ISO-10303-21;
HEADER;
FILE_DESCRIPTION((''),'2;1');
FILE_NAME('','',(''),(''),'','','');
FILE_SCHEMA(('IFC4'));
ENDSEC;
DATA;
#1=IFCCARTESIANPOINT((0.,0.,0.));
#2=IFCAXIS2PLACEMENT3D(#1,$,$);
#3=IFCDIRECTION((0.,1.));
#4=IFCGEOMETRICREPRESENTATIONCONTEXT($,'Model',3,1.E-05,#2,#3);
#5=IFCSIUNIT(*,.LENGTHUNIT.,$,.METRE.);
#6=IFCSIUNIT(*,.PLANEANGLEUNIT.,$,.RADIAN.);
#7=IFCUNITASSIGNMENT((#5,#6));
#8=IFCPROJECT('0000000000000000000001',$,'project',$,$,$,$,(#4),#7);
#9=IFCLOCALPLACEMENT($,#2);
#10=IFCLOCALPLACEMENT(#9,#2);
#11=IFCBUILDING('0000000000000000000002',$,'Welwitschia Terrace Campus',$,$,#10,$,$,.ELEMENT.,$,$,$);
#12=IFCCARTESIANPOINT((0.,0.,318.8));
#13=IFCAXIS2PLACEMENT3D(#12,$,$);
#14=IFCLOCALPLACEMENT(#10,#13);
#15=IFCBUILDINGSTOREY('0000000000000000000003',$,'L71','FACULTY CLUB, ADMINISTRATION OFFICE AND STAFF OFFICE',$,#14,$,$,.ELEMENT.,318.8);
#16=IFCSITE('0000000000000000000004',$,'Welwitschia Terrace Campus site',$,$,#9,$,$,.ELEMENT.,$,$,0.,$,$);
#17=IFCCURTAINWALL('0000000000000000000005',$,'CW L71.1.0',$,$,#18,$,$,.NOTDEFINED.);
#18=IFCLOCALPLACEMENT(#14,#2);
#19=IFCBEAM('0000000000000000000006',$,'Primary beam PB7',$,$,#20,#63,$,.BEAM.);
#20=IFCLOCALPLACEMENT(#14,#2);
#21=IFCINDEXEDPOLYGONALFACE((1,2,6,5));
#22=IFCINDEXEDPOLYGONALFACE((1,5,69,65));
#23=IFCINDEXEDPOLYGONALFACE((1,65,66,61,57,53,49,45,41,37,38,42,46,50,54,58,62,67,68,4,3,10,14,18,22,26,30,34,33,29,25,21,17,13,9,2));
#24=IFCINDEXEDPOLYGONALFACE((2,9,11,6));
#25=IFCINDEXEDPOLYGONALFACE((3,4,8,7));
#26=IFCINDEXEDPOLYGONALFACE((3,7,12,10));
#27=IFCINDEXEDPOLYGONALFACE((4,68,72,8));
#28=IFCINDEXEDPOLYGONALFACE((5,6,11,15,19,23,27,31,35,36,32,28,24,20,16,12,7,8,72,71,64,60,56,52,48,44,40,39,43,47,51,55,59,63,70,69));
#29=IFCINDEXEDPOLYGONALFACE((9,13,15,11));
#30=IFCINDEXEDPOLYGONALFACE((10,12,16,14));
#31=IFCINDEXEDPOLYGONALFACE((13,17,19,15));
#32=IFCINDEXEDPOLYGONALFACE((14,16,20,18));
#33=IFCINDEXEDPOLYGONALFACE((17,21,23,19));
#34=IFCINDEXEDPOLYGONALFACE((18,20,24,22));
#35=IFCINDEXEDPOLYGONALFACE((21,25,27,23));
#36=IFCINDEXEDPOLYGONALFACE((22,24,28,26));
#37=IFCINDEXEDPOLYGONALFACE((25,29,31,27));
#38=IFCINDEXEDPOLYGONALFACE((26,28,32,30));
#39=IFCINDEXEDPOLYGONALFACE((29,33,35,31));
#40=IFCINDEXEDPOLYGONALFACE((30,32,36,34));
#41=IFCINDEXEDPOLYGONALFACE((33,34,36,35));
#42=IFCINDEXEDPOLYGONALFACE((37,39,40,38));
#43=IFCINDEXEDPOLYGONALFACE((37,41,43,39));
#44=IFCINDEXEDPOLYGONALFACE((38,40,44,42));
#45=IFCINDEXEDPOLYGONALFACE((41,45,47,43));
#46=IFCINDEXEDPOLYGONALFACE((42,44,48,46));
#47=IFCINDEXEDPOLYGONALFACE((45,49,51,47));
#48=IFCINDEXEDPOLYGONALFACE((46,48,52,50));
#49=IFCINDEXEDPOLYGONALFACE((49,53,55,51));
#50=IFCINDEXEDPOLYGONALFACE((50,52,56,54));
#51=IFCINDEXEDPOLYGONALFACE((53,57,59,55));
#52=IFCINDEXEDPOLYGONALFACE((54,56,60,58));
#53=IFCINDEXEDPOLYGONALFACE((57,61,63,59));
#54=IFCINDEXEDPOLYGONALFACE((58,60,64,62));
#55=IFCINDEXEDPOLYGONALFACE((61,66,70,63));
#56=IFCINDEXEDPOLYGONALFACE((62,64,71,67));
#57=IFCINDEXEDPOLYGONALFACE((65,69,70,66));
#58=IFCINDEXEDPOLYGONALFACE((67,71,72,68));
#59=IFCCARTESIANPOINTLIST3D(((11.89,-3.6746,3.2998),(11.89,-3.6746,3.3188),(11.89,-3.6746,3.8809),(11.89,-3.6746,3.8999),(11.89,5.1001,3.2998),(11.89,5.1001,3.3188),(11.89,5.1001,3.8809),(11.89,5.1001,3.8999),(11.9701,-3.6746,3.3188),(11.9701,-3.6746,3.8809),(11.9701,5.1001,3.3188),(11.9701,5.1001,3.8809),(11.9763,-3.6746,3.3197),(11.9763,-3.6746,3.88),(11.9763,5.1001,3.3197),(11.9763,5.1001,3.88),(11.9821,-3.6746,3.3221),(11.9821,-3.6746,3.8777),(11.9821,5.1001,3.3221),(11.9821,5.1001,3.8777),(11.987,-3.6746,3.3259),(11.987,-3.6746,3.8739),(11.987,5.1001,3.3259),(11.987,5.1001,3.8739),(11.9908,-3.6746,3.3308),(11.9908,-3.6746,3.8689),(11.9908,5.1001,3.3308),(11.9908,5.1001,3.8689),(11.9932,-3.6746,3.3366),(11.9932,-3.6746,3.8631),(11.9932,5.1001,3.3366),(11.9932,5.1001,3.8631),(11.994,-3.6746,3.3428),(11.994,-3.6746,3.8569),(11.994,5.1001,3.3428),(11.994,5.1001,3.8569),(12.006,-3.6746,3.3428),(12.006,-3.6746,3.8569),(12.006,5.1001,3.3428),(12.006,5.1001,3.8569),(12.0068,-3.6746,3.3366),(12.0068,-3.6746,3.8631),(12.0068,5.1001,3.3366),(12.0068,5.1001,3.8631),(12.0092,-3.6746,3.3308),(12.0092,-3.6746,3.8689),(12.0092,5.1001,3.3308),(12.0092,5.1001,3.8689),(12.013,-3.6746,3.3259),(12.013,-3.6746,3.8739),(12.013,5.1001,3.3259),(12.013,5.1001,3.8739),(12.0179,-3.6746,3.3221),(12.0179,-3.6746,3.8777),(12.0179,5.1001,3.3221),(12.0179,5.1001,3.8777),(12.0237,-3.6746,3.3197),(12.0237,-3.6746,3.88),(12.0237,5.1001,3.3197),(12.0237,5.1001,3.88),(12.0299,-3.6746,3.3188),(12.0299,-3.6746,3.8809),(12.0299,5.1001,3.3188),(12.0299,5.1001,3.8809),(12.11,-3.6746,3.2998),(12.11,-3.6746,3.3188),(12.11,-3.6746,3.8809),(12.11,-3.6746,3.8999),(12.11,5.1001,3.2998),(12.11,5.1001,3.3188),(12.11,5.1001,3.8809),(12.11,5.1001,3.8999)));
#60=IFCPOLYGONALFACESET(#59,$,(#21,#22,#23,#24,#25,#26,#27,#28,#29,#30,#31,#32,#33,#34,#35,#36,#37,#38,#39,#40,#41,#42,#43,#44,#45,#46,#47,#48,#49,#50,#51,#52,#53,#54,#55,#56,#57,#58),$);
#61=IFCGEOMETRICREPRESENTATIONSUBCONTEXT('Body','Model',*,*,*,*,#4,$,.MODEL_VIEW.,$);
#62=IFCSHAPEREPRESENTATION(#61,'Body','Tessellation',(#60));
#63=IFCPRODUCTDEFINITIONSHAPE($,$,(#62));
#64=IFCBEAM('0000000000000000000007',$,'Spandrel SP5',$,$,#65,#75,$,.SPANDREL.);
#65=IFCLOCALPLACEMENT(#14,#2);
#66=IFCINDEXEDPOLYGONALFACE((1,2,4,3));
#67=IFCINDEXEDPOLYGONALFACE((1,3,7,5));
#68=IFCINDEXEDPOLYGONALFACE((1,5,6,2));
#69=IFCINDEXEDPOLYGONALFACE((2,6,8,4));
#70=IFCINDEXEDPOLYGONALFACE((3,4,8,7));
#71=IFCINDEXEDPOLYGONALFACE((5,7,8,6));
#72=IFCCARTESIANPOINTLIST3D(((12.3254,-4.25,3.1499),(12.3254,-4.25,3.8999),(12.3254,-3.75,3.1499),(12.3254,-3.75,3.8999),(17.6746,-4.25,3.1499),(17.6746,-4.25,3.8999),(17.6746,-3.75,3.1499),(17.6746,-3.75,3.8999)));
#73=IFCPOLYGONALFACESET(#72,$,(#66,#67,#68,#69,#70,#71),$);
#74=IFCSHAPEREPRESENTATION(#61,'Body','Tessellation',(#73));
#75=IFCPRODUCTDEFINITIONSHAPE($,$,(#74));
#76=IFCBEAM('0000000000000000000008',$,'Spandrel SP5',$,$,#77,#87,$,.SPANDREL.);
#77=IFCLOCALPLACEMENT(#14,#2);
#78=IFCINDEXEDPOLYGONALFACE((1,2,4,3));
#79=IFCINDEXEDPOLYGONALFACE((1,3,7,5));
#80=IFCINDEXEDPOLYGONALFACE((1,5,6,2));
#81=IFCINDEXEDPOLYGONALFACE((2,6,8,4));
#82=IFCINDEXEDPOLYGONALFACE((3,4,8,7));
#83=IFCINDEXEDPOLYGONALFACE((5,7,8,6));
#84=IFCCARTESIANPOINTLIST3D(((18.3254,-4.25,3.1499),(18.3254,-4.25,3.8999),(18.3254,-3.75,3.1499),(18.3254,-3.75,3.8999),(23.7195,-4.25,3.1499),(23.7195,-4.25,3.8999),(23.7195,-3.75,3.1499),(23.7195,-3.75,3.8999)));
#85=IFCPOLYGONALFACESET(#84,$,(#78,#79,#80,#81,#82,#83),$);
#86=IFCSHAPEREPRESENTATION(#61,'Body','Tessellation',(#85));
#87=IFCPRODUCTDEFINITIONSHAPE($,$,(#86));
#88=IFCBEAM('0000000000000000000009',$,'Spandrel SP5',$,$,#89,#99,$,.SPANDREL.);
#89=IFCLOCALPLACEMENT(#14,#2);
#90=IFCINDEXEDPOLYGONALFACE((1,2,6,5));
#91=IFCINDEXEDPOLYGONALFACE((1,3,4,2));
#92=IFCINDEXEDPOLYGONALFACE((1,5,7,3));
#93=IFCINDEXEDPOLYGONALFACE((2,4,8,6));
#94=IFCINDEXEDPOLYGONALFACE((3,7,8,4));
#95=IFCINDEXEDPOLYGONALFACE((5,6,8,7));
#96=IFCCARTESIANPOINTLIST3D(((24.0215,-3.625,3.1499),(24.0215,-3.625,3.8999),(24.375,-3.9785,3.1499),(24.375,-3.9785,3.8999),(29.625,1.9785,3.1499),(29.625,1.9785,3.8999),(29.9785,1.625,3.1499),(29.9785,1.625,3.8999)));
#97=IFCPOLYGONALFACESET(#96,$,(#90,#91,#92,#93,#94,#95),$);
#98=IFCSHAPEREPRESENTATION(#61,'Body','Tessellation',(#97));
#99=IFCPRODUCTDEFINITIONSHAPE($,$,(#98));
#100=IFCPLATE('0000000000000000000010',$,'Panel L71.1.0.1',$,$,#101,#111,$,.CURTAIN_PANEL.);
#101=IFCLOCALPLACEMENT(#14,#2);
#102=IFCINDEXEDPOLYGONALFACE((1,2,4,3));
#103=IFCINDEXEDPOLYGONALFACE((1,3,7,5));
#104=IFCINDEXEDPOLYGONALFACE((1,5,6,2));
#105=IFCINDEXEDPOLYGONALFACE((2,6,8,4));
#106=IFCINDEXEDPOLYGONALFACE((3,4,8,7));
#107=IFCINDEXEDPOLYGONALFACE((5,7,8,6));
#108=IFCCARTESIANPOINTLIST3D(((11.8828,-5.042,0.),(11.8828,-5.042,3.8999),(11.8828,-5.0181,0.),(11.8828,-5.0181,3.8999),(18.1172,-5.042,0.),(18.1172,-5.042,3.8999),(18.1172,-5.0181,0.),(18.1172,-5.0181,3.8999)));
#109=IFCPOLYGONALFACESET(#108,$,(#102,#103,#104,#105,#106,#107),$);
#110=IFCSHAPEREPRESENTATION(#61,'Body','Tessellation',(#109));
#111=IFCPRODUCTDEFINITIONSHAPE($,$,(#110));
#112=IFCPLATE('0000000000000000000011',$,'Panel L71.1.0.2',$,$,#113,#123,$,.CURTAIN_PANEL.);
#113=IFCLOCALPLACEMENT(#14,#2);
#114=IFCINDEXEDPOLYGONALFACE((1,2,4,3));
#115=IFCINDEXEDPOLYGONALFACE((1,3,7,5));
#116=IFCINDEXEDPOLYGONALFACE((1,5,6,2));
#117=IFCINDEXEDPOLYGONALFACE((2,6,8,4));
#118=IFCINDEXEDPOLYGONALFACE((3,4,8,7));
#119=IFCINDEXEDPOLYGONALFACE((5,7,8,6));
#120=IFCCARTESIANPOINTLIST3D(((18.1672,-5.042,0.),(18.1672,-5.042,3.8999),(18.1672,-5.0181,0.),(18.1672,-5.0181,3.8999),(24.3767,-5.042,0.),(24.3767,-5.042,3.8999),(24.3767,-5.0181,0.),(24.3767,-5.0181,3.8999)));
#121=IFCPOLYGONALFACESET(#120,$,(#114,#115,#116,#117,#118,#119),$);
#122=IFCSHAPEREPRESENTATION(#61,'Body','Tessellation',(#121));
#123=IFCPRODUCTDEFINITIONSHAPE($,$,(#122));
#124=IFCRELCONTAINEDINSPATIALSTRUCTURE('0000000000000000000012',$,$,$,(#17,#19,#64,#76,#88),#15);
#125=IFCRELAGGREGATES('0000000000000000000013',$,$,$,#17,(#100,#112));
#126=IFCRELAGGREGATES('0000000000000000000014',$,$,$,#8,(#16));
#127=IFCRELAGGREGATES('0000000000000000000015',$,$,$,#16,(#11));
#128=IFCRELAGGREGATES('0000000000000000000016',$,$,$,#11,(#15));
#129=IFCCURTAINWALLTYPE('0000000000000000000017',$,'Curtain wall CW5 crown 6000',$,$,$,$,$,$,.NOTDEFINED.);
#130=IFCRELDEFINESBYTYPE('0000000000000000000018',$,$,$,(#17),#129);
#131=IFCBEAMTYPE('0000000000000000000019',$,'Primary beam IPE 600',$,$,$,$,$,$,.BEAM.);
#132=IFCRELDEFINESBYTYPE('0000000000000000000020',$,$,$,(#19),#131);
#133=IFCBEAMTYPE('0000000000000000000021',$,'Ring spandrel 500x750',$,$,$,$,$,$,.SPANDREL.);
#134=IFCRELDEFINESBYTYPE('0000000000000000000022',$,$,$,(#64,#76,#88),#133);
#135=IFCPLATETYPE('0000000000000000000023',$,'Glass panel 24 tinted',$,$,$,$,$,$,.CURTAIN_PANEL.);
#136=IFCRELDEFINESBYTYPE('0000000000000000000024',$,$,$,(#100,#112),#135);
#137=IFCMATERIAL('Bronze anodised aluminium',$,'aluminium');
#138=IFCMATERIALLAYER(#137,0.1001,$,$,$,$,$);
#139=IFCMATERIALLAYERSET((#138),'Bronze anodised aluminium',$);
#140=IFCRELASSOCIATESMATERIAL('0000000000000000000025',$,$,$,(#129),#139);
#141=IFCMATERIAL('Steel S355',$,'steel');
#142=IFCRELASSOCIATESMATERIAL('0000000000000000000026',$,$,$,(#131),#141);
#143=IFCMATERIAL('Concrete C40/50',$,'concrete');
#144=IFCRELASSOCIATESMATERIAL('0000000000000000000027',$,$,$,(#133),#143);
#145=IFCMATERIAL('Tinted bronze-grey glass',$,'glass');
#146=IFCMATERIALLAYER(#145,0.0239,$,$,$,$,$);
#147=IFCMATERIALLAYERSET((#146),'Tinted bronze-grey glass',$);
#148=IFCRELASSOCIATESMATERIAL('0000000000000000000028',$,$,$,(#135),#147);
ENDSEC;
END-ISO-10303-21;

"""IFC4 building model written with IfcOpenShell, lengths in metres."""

from ifc_helpers import new_model, si_unit, direction, frame, origin, origin_2d, place, context, subcontext, project, spatial, rectangle, i_section, extrude, material, layer, layer_set, material_profile, profile_set, type_object, element, aggregate, save


model = new_model("IFC4")

# Units and contexts
model_context = context("Model", 3, precision=1e-05, world=origin(), true_north=direction((0.0, 1.0)))
body_context = subcontext(model_context, "Body", "Model", "MODEL_VIEW")
ifc_project = project(units=[si_unit("LENGTHUNIT", "METRE"), si_unit("PLANEANGLEUNIT", "RADIAN")], contexts=[model_context])

# Site, building, storey
site_placement = place(None, origin())
site = spatial("IfcSite", under=ifc_project, at=site_placement, Name="Welwitschia Terrace Campus site", CompositionType="ELEMENT", RefElevation=0.0)
building_placement = place(site_placement, origin())
building = spatial("IfcBuilding", under=site, at=building_placement, Name="Welwitschia Terrace Campus", CompositionType="ELEMENT")
storey_placement = place(building_placement, frame((0.0, 0.0, 318.8)))
storey = spatial("IfcBuildingStorey", under=building, at=storey_placement, Name="L71", Description="FACULTY CLUB, ADMINISTRATION OFFICE AND STAFF OFFICE", CompositionType="ELEMENT", Elevation=318.8)

# Curtain wall
ifc_material_1 = material(Name="Bronze anodised aluminium", Category="aluminium")
ifc_layer_1 = layer(ifc_material_1, 0.1001)
ifc_layer_set_1 = layer_set([ifc_layer_1], Name="Bronze anodised aluminium")
curtain_wall_type = type_object("IfcCurtainWallType", Name="Curtain wall CW5 crown 6000", PredefinedType="NOTDEFINED", material=ifc_layer_set_1)
curtain_wall_placement = place(storey_placement, origin())
curtain_wall = element("IfcCurtainWall", 1, at=curtain_wall_placement, inside=storey, type_object=curtain_wall_type, Name="CW L71.1.0", PredefinedType="NOTDEFINED")

# Beams
ifc_material_2 = material(Name="Steel S355", Category="steel")
ifc_material_profile_1 = material_profile(ifc_material_2, i_section(OverallWidth=0.22, OverallDepth=0.6001, WebThickness=0.012, FlangeThickness=0.019, FilletRadius=0.0239, at=origin_2d()))
ifc_profile_set_1 = profile_set([ifc_material_profile_1], Name="Steel S355")
beam_type_1 = type_object("IfcBeamType", Name="Primary beam IPE 600", PredefinedType="BEAM", material=ifc_profile_set_1)
beam_1_placement = place(storey_placement, frame((12.0, -3.6746, 3.5999), z_axis=(0.0, 1.0, 0.0), x_axis=(-1.0, 0.0, 0.0)))
element("IfcBeam", 2, at=beam_1_placement, inside=storey, type_object=beam_type_1, Name="Primary beam PB7", PredefinedType="BEAM", context=body_context, shape_type="SweptSolid", body=[
    extrude(i_section(OverallWidth=0.22, OverallDepth=0.6001, WebThickness=0.012, FlangeThickness=0.019, FilletRadius=0.0239, at=origin_2d()), origin(), (0.0, 0.0, 1.0), 8.7747),
])
ifc_material_3 = material(Name="Concrete C40/50", Category="concrete")
ifc_material_profile_2 = material_profile(ifc_material_3, rectangle(XDim=0.5, YDim=0.75, at=origin_2d()))
ifc_profile_set_2 = profile_set([ifc_material_profile_2], Name="Concrete C40/50")
beam_type_2 = type_object("IfcBeamType", Name="Ring spandrel 500x750", PredefinedType="SPANDREL", material=ifc_profile_set_2)
beam_2_placement = place(storey_placement, frame((12.3254, -4.0, 3.5249), z_axis=(1.0, 0.0, 0.0), x_axis=(0.0, 1.0, 0.0)))
element("IfcBeam", 3, at=beam_2_placement, inside=storey, type_object=beam_type_2, Name="Spandrel SP5", PredefinedType="SPANDREL", context=body_context, shape_type="SweptSolid", body=[
    extrude(rectangle(XDim=0.5, YDim=0.75, at=origin_2d()), origin(), (0.0, 0.0, 1.0), 5.3491),
])
beam_3_placement = place(storey_placement, frame((18.3254, -4.0, 3.5249), z_axis=(1.0, 0.0, 0.0), x_axis=(0.0, 1.0, 0.0)))
element("IfcBeam", 4, at=beam_3_placement, inside=storey, type_object=beam_type_2, Name="Spandrel SP5", PredefinedType="SPANDREL", context=body_context, shape_type="SweptSolid", body=[
    extrude(rectangle(XDim=0.5, YDim=0.75, at=origin_2d()), origin(), (0.0, 0.0, 1.0), 5.394),
])
beam_4_placement = place(storey_placement, frame((24.1982, -3.8018, 3.5249), z_axis=(0.707107, 0.707107, 0.0), x_axis=(-0.707107, 0.707107, 0.0)))
element("IfcBeam", 5, at=beam_4_placement, inside=storey, type_object=beam_type_2, Name="Spandrel SP5", PredefinedType="SPANDREL", context=body_context, shape_type="SweptSolid", body=[
    extrude(rectangle(XDim=0.5, YDim=0.75, at=origin_2d()), origin(), (0.0, 0.0, 1.0), 7.9246),
])

# Plates
ifc_material_4 = material(Name="Tinted bronze-grey glass", Category="glass")
ifc_layer_2 = layer(ifc_material_4, 0.0239)
ifc_layer_set_2 = layer_set([ifc_layer_2], Name="Tinted bronze-grey glass")
plate_type = type_object("IfcPlateType", Name="Glass panel 24 tinted", PredefinedType="CURTAIN_PANEL", material=ifc_layer_set_2)
plate_1_placement = place(storey_placement, frame((15.0, -5.03, 0.0), z_axis=(0.0, 0.0, 1.0), x_axis=(1.0, 0.0, 0.0)))
plate_1 = element("IfcPlate", 6, at=plate_1_placement, type_object=plate_type, Name="Panel L71.1.0.1", PredefinedType="CURTAIN_PANEL", context=body_context, shape_type="SweptSolid", body=[
    extrude(rectangle(XDim=6.2344, YDim=0.0239, at=origin_2d()), origin(), (0.0, 0.0, 1.0), 3.8999),
])
plate_2_placement = place(storey_placement, frame((21.272, -5.03, 0.0), z_axis=(0.0, 0.0, 1.0), x_axis=(1.0, 0.0, 0.0)))
plate_2 = element("IfcPlate", 7, at=plate_2_placement, type_object=plate_type, Name="Panel L71.1.0.2", PredefinedType="CURTAIN_PANEL", context=body_context, shape_type="SweptSolid", body=[
    extrude(rectangle(XDim=6.2095, YDim=0.0239, at=origin_2d()), origin(), (0.0, 0.0, 1.0), 3.8999),
])
aggregate(curtain_wall, [plate_1, plate_2])

save(model, "model.ifc")
